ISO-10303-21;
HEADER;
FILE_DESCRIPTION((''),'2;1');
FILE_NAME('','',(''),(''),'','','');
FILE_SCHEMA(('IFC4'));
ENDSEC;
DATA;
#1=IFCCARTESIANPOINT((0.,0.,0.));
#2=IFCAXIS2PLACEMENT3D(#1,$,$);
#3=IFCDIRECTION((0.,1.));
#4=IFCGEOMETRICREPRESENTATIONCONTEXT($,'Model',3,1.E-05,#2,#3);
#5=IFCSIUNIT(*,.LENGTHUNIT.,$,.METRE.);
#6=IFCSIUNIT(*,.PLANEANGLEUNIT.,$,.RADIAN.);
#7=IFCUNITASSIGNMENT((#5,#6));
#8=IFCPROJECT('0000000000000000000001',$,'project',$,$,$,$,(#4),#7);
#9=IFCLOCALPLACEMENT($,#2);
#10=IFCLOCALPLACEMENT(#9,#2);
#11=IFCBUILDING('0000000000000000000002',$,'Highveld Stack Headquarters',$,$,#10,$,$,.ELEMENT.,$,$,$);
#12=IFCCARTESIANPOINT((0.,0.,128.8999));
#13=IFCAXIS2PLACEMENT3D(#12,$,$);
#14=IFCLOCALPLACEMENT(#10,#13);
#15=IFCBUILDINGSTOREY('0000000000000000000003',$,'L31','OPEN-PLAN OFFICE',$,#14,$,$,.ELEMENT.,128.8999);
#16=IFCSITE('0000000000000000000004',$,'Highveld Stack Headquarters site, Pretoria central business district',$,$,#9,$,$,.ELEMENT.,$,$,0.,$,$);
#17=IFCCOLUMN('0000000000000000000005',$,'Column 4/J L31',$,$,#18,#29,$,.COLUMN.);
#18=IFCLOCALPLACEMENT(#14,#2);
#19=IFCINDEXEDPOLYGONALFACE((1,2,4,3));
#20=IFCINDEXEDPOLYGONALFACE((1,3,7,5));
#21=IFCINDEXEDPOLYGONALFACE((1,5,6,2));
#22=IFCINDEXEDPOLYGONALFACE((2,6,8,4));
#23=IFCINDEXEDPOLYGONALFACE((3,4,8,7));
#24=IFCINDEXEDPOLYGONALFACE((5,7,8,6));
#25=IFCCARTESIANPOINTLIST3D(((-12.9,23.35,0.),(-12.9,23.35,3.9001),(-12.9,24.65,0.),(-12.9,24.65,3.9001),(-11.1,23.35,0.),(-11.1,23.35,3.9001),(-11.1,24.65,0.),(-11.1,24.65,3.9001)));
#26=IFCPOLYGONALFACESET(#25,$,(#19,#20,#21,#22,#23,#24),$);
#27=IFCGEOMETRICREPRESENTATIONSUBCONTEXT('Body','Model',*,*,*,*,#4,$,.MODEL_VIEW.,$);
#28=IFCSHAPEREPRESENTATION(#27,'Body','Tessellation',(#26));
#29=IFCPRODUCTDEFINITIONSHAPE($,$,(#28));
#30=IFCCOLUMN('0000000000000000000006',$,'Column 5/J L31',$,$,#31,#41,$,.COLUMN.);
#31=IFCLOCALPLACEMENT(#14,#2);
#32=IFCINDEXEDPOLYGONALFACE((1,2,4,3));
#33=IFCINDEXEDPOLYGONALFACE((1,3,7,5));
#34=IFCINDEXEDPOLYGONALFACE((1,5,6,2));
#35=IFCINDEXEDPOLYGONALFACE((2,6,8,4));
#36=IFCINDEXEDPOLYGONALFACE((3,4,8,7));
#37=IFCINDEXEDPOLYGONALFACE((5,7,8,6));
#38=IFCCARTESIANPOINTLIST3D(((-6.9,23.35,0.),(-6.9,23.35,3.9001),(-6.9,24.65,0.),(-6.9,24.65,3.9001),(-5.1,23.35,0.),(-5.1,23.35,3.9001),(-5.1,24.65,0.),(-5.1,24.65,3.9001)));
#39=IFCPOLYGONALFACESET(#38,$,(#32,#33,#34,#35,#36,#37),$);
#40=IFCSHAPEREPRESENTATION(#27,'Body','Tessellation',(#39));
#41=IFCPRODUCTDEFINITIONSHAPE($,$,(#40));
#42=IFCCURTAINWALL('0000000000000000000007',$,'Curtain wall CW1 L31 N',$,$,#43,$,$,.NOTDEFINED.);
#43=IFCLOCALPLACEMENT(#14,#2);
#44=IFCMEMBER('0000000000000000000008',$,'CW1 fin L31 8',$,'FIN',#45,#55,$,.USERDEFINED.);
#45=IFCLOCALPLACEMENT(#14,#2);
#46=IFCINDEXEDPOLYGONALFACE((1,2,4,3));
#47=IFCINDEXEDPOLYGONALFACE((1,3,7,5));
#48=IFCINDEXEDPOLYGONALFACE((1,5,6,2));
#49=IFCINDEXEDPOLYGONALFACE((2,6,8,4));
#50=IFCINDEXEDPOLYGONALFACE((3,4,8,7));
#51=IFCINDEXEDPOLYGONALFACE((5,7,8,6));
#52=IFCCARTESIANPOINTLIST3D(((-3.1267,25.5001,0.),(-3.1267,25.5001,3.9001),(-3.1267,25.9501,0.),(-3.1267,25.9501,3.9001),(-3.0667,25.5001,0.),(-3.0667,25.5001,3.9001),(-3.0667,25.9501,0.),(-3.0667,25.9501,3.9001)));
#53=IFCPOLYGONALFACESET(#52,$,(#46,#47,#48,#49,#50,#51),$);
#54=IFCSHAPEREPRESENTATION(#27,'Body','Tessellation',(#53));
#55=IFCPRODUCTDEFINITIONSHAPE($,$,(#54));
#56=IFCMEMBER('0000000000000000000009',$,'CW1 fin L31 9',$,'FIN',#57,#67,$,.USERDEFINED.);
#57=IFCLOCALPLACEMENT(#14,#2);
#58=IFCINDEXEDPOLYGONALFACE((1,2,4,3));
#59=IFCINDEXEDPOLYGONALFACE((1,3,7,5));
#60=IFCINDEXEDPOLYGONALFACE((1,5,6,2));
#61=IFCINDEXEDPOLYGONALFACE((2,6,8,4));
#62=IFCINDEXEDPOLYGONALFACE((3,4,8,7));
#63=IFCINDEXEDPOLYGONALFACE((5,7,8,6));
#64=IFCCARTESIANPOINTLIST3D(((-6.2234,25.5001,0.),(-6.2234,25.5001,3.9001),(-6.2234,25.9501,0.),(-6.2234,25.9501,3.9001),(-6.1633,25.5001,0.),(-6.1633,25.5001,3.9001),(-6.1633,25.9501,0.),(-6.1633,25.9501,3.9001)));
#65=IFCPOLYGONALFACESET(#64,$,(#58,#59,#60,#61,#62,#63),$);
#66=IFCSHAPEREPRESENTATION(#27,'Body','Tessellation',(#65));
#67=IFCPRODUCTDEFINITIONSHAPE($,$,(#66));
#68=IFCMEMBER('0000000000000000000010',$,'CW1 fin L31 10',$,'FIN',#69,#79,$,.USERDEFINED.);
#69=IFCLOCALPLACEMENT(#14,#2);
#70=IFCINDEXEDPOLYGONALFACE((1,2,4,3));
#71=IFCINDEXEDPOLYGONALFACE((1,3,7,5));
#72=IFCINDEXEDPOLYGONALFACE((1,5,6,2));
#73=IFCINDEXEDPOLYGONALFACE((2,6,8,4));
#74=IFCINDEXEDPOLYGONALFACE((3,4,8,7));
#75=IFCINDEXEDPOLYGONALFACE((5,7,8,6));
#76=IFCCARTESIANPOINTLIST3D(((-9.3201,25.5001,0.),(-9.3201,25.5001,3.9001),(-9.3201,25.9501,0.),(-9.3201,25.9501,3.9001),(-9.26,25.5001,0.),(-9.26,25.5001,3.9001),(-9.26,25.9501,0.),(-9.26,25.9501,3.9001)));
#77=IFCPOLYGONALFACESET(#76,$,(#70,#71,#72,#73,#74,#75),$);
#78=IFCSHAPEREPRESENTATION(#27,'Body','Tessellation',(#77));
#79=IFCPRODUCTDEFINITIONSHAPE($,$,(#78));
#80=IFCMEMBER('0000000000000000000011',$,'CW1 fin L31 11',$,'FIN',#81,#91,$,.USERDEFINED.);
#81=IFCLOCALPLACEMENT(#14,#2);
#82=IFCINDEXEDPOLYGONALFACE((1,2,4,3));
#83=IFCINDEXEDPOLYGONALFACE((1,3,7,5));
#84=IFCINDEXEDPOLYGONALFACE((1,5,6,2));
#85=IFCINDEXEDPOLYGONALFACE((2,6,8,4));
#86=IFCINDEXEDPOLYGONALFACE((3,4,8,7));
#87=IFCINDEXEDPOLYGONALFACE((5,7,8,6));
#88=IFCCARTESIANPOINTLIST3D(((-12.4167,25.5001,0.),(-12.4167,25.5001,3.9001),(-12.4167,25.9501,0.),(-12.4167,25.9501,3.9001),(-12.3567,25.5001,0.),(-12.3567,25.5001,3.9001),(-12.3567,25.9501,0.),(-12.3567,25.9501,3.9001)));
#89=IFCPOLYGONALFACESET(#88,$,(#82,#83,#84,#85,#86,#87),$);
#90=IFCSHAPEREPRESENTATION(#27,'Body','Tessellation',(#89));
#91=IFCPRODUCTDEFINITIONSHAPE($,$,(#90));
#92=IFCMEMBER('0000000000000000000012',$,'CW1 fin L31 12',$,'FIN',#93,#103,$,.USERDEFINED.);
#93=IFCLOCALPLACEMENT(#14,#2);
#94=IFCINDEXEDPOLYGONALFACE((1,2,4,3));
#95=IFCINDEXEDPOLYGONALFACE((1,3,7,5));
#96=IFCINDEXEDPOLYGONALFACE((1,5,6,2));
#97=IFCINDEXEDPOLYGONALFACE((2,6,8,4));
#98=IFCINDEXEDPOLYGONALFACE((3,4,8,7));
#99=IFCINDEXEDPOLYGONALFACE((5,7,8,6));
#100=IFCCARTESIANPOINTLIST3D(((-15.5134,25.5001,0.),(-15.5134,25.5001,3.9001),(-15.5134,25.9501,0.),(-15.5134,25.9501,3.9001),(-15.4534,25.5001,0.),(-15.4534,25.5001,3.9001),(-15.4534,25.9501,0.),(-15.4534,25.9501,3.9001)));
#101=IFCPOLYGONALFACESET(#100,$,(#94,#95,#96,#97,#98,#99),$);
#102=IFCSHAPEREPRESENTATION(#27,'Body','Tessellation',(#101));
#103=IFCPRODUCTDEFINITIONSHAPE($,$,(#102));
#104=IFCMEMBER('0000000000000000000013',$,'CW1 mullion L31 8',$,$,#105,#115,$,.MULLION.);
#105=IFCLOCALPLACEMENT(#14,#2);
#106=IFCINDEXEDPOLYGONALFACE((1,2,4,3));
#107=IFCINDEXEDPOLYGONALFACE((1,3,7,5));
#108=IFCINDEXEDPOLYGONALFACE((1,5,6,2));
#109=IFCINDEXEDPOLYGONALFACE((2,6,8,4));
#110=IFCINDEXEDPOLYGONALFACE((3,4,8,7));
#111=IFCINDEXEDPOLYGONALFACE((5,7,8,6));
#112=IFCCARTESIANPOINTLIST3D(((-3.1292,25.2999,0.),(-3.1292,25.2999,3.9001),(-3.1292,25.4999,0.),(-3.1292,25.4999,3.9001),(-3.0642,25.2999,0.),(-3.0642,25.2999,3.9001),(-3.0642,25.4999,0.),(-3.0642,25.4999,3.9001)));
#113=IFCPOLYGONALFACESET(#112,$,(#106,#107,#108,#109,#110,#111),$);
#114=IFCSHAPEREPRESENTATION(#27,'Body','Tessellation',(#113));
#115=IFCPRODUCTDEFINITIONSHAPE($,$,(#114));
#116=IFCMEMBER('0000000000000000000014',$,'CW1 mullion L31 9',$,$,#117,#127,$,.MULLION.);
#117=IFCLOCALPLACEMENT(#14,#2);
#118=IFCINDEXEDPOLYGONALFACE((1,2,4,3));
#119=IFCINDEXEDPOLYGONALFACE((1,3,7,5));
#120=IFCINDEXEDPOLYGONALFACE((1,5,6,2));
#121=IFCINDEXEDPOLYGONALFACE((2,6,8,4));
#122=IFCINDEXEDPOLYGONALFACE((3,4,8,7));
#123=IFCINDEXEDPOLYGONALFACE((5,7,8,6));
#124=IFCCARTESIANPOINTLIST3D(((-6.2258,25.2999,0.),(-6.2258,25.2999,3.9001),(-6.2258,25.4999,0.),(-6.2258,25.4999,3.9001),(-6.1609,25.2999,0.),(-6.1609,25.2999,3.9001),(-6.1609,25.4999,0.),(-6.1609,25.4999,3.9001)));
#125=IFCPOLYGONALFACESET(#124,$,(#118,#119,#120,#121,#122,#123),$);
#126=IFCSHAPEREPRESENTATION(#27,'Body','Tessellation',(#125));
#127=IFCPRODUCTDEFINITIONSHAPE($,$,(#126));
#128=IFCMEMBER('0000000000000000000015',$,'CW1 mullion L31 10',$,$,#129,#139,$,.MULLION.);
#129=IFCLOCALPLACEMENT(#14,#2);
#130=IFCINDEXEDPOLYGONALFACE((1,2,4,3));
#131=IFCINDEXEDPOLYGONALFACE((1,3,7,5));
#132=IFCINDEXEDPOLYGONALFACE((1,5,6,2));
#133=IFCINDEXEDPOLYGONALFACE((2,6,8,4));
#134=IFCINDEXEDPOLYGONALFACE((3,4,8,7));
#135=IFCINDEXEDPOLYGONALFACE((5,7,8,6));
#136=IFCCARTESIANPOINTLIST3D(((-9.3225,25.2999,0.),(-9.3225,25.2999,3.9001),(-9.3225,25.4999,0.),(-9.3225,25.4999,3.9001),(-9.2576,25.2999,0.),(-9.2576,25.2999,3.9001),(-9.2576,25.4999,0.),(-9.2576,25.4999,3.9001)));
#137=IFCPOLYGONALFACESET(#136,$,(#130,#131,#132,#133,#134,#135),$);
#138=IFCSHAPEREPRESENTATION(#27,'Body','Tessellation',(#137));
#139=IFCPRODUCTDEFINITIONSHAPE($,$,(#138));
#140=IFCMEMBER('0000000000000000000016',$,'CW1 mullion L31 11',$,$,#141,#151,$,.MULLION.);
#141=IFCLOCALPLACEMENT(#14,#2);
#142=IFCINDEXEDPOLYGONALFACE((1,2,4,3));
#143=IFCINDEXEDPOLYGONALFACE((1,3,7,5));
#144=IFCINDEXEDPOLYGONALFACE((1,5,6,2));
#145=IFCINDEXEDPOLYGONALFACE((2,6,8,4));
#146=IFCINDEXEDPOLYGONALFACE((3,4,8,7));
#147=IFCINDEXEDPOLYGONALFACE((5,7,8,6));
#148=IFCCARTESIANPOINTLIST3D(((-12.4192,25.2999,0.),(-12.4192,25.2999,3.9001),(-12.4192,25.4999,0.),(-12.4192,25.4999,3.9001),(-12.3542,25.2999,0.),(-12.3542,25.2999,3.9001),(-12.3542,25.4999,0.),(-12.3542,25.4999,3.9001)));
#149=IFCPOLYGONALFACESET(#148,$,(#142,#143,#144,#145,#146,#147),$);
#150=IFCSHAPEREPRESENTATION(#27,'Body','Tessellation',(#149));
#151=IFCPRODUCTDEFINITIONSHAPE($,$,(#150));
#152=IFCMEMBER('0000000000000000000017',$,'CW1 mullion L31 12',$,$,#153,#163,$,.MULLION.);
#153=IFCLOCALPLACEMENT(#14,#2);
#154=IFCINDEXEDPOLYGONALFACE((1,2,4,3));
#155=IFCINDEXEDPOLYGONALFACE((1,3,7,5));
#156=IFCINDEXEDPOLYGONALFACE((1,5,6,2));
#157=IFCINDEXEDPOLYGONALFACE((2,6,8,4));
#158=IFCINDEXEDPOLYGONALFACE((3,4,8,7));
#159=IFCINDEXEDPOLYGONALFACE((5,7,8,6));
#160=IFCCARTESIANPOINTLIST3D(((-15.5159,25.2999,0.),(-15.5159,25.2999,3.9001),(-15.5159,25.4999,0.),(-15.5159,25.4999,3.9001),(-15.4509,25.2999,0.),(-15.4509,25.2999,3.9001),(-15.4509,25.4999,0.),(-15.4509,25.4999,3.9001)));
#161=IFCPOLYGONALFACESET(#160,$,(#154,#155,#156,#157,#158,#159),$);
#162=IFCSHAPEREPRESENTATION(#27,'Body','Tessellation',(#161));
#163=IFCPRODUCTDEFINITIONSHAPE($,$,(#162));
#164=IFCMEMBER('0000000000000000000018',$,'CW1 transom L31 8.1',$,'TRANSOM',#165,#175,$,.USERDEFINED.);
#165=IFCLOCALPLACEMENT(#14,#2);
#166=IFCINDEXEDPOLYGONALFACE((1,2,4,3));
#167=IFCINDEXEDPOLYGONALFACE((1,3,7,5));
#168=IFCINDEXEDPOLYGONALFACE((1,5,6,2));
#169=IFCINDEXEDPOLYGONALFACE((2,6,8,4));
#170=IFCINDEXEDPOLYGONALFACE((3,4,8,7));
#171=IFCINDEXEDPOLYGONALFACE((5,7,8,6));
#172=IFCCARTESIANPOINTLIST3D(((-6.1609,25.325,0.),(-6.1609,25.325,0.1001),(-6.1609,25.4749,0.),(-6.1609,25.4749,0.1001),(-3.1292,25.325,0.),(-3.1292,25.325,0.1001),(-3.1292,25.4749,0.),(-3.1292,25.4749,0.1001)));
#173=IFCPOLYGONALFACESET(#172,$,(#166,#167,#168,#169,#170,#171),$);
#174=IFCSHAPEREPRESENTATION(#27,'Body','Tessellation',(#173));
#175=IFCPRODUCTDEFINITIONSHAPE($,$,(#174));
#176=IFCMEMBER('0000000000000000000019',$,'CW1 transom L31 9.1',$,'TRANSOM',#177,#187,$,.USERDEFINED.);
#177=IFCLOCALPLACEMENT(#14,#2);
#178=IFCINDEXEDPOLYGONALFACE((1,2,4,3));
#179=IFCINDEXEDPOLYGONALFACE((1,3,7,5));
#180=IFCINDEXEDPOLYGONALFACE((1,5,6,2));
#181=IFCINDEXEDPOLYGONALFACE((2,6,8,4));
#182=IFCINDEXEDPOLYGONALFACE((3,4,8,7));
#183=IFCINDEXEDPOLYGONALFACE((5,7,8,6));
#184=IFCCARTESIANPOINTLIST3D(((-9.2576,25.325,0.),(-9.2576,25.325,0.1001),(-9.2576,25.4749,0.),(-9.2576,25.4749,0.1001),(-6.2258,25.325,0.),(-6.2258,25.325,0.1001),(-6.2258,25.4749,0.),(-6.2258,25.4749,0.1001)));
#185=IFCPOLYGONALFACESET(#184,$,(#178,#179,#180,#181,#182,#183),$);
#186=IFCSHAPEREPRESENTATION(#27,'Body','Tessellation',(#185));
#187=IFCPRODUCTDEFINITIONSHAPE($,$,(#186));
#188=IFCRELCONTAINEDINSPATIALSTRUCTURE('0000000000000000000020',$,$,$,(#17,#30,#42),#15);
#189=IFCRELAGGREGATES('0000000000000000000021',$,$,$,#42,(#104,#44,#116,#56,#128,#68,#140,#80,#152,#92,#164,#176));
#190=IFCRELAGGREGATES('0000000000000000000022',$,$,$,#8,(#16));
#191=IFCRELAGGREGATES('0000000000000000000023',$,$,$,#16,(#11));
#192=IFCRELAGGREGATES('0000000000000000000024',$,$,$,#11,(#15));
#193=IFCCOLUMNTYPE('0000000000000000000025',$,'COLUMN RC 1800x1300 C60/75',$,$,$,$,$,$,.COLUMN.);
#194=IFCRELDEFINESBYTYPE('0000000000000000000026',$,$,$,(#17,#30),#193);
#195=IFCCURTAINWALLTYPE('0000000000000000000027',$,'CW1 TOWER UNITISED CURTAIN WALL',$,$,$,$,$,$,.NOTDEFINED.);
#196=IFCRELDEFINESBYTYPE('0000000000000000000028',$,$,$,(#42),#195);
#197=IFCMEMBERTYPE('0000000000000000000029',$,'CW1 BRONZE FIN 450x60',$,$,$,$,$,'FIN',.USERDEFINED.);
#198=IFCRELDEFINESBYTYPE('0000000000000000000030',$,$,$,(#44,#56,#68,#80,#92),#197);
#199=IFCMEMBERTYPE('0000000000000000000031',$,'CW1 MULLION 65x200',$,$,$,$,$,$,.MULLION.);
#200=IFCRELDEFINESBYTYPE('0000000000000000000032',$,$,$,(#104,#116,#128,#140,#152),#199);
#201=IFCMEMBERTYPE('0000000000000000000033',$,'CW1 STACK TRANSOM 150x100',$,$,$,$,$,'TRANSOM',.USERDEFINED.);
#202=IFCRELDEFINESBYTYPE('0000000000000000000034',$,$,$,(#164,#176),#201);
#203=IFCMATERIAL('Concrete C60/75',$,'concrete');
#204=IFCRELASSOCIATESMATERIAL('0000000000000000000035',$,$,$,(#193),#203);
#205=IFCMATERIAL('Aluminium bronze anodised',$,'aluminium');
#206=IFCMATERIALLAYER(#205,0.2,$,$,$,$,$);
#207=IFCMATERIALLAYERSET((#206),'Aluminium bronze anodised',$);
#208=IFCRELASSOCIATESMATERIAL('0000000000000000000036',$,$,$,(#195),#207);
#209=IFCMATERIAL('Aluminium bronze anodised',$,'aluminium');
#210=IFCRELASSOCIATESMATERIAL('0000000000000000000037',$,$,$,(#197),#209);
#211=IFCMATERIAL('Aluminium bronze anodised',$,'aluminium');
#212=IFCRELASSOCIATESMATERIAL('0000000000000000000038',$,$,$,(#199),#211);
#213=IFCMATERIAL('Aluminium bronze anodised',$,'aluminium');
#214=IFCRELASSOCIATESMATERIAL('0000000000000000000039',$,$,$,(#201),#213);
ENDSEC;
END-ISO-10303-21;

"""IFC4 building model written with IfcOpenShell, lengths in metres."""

from ifc_helpers import new_model, si_unit, direction, frame, origin, origin_2d, place, context, subcontext, project, spatial, rectangle, extrude, material, layer, layer_set, material_profile, profile_set, type_object, element, aggregate, save


model = new_model("IFC4")

# Units and contexts
model_context = context("Model", 3, precision=1e-05, world=origin(), true_north=direction((0.0, 1.0)))
body_context = subcontext(model_context, "Body", "Model", "MODEL_VIEW")
ifc_project = project(units=[si_unit("LENGTHUNIT", "METRE"), si_unit("PLANEANGLEUNIT", "RADIAN")], contexts=[model_context])

# Site, building, storey
site_placement = place(None, origin())
site = spatial("IfcSite", under=ifc_project, at=site_placement, Name="Highveld Stack Headquarters site, Pretoria central business district", CompositionType="ELEMENT", RefElevation=0.0)
building_placement = place(site_placement, origin())
building = spatial("IfcBuilding", under=site, at=building_placement, Name="Highveld Stack Headquarters", CompositionType="ELEMENT")
storey_placement = place(building_placement, frame((0.0, 0.0, 128.8999)))
storey = spatial("IfcBuildingStorey", under=building, at=storey_placement, Name="L31", Description="OPEN-PLAN OFFICE", CompositionType="ELEMENT", Elevation=128.8999)

# Columns
ifc_material_1 = material(Name="Concrete C60/75", Category="concrete")
ifc_material_profile_1 = material_profile(ifc_material_1, rectangle(XDim=1.8, YDim=1.3, at=origin_2d()), Name="RC 1800x1300")
ifc_profile_set_1 = profile_set([ifc_material_profile_1], Name="Concrete C60/75")
column_type = type_object("IfcColumnType", Name="COLUMN RC 1800x1300 C60/75", PredefinedType="COLUMN", material=ifc_profile_set_1)
for number, where, z_axis, x_axis, name in (
    (1, (-12.0, 24.0, 0.0), (0.0, 0.0, 1.0), (1.0, 0.0, 0.0), "Column 4/J L31"),
    (2, (-6.0, 24.0, 0.0), (0.0, 0.0, 1.0), (1.0, 0.0, 0.0), "Column 5/J L31"),
):
    element("IfcColumn", number, at=place(storey_placement, frame(where, z_axis=z_axis, x_axis=x_axis)), inside=storey, type_object=column_type, Name=name, PredefinedType="COLUMN", context=body_context, shape_type="SweptSolid", body=[
        extrude(rectangle(XDim=1.8, YDim=1.3, at=origin_2d()), origin(), (0.0, 0.0, 1.0), 3.9001),
    ])

# Curtain wall, members
ifc_material_2 = material(Name="Aluminium bronze anodised", Category="aluminium")
ifc_layer_1 = layer(ifc_material_2, 0.2)
ifc_layer_set_1 = layer_set([ifc_layer_1], Name="Aluminium bronze anodised")
curtain_wall_type = type_object("IfcCurtainWallType", Name="CW1 TOWER UNITISED CURTAIN WALL", PredefinedType="NOTDEFINED", material=ifc_layer_set_1)
curtain_wall_placement = place(storey_placement, origin())
curtain_wall = element("IfcCurtainWall", 3, at=curtain_wall_placement, inside=storey, type_object=curtain_wall_type, Name="Curtain wall CW1 L31 N", PredefinedType="NOTDEFINED")
ifc_material_3 = material(Name="Aluminium bronze anodised", Category="aluminium")
ifc_material_profile_2 = material_profile(ifc_material_3, rectangle(XDim=0.45, YDim=0.0601, at=origin_2d()), Name="FIN 450x60")
ifc_profile_set_2 = profile_set([ifc_material_profile_2], Name="Aluminium bronze anodised")
member_type_1 = type_object("IfcMemberType", Name="CW1 BRONZE FIN 450x60", ElementType="FIN", PredefinedType="USERDEFINED", material=ifc_profile_set_2)
member_1_placement = place(storey_placement, frame((-3.0967, 25.7251, 0.0), z_axis=(0.0, 0.0, 1.0), x_axis=(0.0, -1.0, 0.0)))
member_1 = element("IfcMember", 4, at=member_1_placement, type_object=member_type_1, Name="CW1 fin L31 8", ObjectType="FIN", PredefinedType="USERDEFINED", context=body_context, shape_type="SweptSolid", body=[
    extrude(rectangle(XDim=0.45, YDim=0.0601, at=origin_2d()), origin(), (0.0, 0.0, 1.0), 3.9001),
])
member_2_placement = place(storey_placement, frame((-6.1934, 25.7251, 0.0), z_axis=(0.0, 0.0, 1.0), x_axis=(0.0, -1.0, 0.0)))
member_2 = element("IfcMember", 5, at=member_2_placement, type_object=member_type_1, Name="CW1 fin L31 9", ObjectType="FIN", PredefinedType="USERDEFINED", context=body_context, shape_type="SweptSolid", body=[
    extrude(rectangle(XDim=0.45, YDim=0.0601, at=origin_2d()), origin(), (0.0, 0.0, 1.0), 3.9001),
])
member_3_placement = place(storey_placement, frame((-9.29, 25.7251, 0.0), z_axis=(0.0, 0.0, 1.0), x_axis=(0.0, -1.0, 0.0)))
member_3 = element("IfcMember", 6, at=member_3_placement, type_object=member_type_1, Name="CW1 fin L31 10", ObjectType="FIN", PredefinedType="USERDEFINED", context=body_context, shape_type="SweptSolid", body=[
    extrude(rectangle(XDim=0.45, YDim=0.0601, at=origin_2d()), origin(), (0.0, 0.0, 1.0), 3.9001),
])
member_4_placement = place(storey_placement, frame((-12.3867, 25.7251, 0.0), z_axis=(0.0, 0.0, 1.0), x_axis=(0.0, -1.0, 0.0)))
member_4 = element("IfcMember", 7, at=member_4_placement, type_object=member_type_1, Name="CW1 fin L31 11", ObjectType="FIN", PredefinedType="USERDEFINED", context=body_context, shape_type="SweptSolid", body=[
    extrude(rectangle(XDim=0.45, YDim=0.0601, at=origin_2d()), origin(), (0.0, 0.0, 1.0), 3.9001),
])
member_5_placement = place(storey_placement, frame((-15.4834, 25.7251, 0.0), z_axis=(0.0, 0.0, 1.0), x_axis=(0.0, -1.0, 0.0)))
member_5 = element("IfcMember", 8, at=member_5_placement, type_object=member_type_1, Name="CW1 fin L31 12", ObjectType="FIN", PredefinedType="USERDEFINED", context=body_context, shape_type="SweptSolid", body=[
    extrude(rectangle(XDim=0.45, YDim=0.0601, at=origin_2d()), origin(), (0.0, 0.0, 1.0), 3.9001),
])
ifc_material_4 = material(Name="Aluminium bronze anodised", Category="aluminium")
ifc_material_profile_3 = material_profile(ifc_material_4, rectangle(XDim=0.2, YDim=0.0649, at=origin_2d()), Name="CW1 MULLION 65x200")
ifc_profile_set_3 = profile_set([ifc_material_profile_3], Name="Aluminium bronze anodised")
member_type_2 = type_object("IfcMemberType", Name="CW1 MULLION 65x200", PredefinedType="MULLION", material=ifc_profile_set_3)
member_6_placement = place(storey_placement, frame((-3.0967, 25.3999, 0.0), z_axis=(0.0, 0.0, 1.0), x_axis=(0.0, -1.0, 0.0)))
member_6 = element("IfcMember", 9, at=member_6_placement, type_object=member_type_2, Name="CW1 mullion L31 8", PredefinedType="MULLION", context=body_context, shape_type="SweptSolid", body=[
    extrude(rectangle(XDim=0.2, YDim=0.0649, at=origin_2d()), origin(), (0.0, 0.0, 1.0), 3.9001),
])
member_7_placement = place(storey_placement, frame((-6.1934, 25.3999, 0.0), z_axis=(0.0, 0.0, 1.0), x_axis=(0.0, -1.0, 0.0)))
member_7 = element("IfcMember", 10, at=member_7_placement, type_object=member_type_2, Name="CW1 mullion L31 9", PredefinedType="MULLION", context=body_context, shape_type="SweptSolid", body=[
    extrude(rectangle(XDim=0.2, YDim=0.0649, at=origin_2d()), origin(), (0.0, 0.0, 1.0), 3.9001),
])
member_8_placement = place(storey_placement, frame((-9.29, 25.3999, 0.0), z_axis=(0.0, 0.0, 1.0), x_axis=(0.0, -1.0, 0.0)))
member_8 = element("IfcMember", 11, at=member_8_placement, type_object=member_type_2, Name="CW1 mullion L31 10", PredefinedType="MULLION", context=body_context, shape_type="SweptSolid", body=[
    extrude(rectangle(XDim=0.2, YDim=0.0649, at=origin_2d()), origin(), (0.0, 0.0, 1.0), 3.9001),
])
member_9_placement = place(storey_placement, frame((-12.3867, 25.3999, 0.0), z_axis=(0.0, 0.0, 1.0), x_axis=(0.0, -1.0, 0.0)))
member_9 = element("IfcMember", 12, at=member_9_placement, type_object=member_type_2, Name="CW1 mullion L31 11", PredefinedType="MULLION", context=body_context, shape_type="SweptSolid", body=[
    extrude(rectangle(XDim=0.2, YDim=0.0649, at=origin_2d()), origin(), (0.0, 0.0, 1.0), 3.9001),
])
member_10_placement = place(storey_placement, frame((-15.4834, 25.3999, 0.0), z_axis=(0.0, 0.0, 1.0), x_axis=(0.0, -1.0, 0.0)))
member_10 = element("IfcMember", 13, at=member_10_placement, type_object=member_type_2, Name="CW1 mullion L31 12", PredefinedType="MULLION", context=body_context, shape_type="SweptSolid", body=[
    extrude(rectangle(XDim=0.2, YDim=0.0649, at=origin_2d()), origin(), (0.0, 0.0, 1.0), 3.9001),
])
ifc_material_5 = material(Name="Aluminium bronze anodised", Category="aluminium")
ifc_material_profile_4 = material_profile(ifc_material_5, rectangle(XDim=0.1499, YDim=0.1001, at=origin_2d()), Name="CW1 TRANSOM 150x100")
ifc_profile_set_4 = profile_set([ifc_material_profile_4], Name="Aluminium bronze anodised")
member_type_3 = type_object("IfcMemberType", Name="CW1 STACK TRANSOM 150x100", ElementType="TRANSOM", PredefinedType="USERDEFINED", material=ifc_profile_set_4)
member_11_placement = place(storey_placement, frame((-3.1292, 25.3999, 0.05), z_axis=(-1.0, 0.0, 0.0), x_axis=(0.0, -1.0, 0.0)))
member_11 = element("IfcMember", 14, at=member_11_placement, type_object=member_type_3, Name="CW1 transom L31 8.1", ObjectType="TRANSOM", PredefinedType="USERDEFINED", context=body_context, shape_type="SweptSolid", body=[
    extrude(rectangle(XDim=0.1499, YDim=0.1001, at=origin_2d()), origin(), (0.0, 0.0, 1.0), 3.0317),
])
member_12_placement = place(storey_placement, frame((-6.2258, 25.3999, 0.05), z_axis=(-1.0, 0.0, 0.0), x_axis=(0.0, -1.0, 0.0)))
member_12 = element("IfcMember", 15, at=member_12_placement, type_object=member_type_3, Name="CW1 transom L31 9.1", ObjectType="TRANSOM", PredefinedType="USERDEFINED", context=body_context, shape_type="SweptSolid", body=[
    extrude(rectangle(XDim=0.1499, YDim=0.1001, at=origin_2d()), origin(), (0.0, 0.0, 1.0), 3.0317),
])
aggregate(curtain_wall, [member_6, member_1, member_7, member_2, member_8, member_3, member_9, member_4, member_10, member_5, member_11, member_12])

save(model, "model.ifc")
